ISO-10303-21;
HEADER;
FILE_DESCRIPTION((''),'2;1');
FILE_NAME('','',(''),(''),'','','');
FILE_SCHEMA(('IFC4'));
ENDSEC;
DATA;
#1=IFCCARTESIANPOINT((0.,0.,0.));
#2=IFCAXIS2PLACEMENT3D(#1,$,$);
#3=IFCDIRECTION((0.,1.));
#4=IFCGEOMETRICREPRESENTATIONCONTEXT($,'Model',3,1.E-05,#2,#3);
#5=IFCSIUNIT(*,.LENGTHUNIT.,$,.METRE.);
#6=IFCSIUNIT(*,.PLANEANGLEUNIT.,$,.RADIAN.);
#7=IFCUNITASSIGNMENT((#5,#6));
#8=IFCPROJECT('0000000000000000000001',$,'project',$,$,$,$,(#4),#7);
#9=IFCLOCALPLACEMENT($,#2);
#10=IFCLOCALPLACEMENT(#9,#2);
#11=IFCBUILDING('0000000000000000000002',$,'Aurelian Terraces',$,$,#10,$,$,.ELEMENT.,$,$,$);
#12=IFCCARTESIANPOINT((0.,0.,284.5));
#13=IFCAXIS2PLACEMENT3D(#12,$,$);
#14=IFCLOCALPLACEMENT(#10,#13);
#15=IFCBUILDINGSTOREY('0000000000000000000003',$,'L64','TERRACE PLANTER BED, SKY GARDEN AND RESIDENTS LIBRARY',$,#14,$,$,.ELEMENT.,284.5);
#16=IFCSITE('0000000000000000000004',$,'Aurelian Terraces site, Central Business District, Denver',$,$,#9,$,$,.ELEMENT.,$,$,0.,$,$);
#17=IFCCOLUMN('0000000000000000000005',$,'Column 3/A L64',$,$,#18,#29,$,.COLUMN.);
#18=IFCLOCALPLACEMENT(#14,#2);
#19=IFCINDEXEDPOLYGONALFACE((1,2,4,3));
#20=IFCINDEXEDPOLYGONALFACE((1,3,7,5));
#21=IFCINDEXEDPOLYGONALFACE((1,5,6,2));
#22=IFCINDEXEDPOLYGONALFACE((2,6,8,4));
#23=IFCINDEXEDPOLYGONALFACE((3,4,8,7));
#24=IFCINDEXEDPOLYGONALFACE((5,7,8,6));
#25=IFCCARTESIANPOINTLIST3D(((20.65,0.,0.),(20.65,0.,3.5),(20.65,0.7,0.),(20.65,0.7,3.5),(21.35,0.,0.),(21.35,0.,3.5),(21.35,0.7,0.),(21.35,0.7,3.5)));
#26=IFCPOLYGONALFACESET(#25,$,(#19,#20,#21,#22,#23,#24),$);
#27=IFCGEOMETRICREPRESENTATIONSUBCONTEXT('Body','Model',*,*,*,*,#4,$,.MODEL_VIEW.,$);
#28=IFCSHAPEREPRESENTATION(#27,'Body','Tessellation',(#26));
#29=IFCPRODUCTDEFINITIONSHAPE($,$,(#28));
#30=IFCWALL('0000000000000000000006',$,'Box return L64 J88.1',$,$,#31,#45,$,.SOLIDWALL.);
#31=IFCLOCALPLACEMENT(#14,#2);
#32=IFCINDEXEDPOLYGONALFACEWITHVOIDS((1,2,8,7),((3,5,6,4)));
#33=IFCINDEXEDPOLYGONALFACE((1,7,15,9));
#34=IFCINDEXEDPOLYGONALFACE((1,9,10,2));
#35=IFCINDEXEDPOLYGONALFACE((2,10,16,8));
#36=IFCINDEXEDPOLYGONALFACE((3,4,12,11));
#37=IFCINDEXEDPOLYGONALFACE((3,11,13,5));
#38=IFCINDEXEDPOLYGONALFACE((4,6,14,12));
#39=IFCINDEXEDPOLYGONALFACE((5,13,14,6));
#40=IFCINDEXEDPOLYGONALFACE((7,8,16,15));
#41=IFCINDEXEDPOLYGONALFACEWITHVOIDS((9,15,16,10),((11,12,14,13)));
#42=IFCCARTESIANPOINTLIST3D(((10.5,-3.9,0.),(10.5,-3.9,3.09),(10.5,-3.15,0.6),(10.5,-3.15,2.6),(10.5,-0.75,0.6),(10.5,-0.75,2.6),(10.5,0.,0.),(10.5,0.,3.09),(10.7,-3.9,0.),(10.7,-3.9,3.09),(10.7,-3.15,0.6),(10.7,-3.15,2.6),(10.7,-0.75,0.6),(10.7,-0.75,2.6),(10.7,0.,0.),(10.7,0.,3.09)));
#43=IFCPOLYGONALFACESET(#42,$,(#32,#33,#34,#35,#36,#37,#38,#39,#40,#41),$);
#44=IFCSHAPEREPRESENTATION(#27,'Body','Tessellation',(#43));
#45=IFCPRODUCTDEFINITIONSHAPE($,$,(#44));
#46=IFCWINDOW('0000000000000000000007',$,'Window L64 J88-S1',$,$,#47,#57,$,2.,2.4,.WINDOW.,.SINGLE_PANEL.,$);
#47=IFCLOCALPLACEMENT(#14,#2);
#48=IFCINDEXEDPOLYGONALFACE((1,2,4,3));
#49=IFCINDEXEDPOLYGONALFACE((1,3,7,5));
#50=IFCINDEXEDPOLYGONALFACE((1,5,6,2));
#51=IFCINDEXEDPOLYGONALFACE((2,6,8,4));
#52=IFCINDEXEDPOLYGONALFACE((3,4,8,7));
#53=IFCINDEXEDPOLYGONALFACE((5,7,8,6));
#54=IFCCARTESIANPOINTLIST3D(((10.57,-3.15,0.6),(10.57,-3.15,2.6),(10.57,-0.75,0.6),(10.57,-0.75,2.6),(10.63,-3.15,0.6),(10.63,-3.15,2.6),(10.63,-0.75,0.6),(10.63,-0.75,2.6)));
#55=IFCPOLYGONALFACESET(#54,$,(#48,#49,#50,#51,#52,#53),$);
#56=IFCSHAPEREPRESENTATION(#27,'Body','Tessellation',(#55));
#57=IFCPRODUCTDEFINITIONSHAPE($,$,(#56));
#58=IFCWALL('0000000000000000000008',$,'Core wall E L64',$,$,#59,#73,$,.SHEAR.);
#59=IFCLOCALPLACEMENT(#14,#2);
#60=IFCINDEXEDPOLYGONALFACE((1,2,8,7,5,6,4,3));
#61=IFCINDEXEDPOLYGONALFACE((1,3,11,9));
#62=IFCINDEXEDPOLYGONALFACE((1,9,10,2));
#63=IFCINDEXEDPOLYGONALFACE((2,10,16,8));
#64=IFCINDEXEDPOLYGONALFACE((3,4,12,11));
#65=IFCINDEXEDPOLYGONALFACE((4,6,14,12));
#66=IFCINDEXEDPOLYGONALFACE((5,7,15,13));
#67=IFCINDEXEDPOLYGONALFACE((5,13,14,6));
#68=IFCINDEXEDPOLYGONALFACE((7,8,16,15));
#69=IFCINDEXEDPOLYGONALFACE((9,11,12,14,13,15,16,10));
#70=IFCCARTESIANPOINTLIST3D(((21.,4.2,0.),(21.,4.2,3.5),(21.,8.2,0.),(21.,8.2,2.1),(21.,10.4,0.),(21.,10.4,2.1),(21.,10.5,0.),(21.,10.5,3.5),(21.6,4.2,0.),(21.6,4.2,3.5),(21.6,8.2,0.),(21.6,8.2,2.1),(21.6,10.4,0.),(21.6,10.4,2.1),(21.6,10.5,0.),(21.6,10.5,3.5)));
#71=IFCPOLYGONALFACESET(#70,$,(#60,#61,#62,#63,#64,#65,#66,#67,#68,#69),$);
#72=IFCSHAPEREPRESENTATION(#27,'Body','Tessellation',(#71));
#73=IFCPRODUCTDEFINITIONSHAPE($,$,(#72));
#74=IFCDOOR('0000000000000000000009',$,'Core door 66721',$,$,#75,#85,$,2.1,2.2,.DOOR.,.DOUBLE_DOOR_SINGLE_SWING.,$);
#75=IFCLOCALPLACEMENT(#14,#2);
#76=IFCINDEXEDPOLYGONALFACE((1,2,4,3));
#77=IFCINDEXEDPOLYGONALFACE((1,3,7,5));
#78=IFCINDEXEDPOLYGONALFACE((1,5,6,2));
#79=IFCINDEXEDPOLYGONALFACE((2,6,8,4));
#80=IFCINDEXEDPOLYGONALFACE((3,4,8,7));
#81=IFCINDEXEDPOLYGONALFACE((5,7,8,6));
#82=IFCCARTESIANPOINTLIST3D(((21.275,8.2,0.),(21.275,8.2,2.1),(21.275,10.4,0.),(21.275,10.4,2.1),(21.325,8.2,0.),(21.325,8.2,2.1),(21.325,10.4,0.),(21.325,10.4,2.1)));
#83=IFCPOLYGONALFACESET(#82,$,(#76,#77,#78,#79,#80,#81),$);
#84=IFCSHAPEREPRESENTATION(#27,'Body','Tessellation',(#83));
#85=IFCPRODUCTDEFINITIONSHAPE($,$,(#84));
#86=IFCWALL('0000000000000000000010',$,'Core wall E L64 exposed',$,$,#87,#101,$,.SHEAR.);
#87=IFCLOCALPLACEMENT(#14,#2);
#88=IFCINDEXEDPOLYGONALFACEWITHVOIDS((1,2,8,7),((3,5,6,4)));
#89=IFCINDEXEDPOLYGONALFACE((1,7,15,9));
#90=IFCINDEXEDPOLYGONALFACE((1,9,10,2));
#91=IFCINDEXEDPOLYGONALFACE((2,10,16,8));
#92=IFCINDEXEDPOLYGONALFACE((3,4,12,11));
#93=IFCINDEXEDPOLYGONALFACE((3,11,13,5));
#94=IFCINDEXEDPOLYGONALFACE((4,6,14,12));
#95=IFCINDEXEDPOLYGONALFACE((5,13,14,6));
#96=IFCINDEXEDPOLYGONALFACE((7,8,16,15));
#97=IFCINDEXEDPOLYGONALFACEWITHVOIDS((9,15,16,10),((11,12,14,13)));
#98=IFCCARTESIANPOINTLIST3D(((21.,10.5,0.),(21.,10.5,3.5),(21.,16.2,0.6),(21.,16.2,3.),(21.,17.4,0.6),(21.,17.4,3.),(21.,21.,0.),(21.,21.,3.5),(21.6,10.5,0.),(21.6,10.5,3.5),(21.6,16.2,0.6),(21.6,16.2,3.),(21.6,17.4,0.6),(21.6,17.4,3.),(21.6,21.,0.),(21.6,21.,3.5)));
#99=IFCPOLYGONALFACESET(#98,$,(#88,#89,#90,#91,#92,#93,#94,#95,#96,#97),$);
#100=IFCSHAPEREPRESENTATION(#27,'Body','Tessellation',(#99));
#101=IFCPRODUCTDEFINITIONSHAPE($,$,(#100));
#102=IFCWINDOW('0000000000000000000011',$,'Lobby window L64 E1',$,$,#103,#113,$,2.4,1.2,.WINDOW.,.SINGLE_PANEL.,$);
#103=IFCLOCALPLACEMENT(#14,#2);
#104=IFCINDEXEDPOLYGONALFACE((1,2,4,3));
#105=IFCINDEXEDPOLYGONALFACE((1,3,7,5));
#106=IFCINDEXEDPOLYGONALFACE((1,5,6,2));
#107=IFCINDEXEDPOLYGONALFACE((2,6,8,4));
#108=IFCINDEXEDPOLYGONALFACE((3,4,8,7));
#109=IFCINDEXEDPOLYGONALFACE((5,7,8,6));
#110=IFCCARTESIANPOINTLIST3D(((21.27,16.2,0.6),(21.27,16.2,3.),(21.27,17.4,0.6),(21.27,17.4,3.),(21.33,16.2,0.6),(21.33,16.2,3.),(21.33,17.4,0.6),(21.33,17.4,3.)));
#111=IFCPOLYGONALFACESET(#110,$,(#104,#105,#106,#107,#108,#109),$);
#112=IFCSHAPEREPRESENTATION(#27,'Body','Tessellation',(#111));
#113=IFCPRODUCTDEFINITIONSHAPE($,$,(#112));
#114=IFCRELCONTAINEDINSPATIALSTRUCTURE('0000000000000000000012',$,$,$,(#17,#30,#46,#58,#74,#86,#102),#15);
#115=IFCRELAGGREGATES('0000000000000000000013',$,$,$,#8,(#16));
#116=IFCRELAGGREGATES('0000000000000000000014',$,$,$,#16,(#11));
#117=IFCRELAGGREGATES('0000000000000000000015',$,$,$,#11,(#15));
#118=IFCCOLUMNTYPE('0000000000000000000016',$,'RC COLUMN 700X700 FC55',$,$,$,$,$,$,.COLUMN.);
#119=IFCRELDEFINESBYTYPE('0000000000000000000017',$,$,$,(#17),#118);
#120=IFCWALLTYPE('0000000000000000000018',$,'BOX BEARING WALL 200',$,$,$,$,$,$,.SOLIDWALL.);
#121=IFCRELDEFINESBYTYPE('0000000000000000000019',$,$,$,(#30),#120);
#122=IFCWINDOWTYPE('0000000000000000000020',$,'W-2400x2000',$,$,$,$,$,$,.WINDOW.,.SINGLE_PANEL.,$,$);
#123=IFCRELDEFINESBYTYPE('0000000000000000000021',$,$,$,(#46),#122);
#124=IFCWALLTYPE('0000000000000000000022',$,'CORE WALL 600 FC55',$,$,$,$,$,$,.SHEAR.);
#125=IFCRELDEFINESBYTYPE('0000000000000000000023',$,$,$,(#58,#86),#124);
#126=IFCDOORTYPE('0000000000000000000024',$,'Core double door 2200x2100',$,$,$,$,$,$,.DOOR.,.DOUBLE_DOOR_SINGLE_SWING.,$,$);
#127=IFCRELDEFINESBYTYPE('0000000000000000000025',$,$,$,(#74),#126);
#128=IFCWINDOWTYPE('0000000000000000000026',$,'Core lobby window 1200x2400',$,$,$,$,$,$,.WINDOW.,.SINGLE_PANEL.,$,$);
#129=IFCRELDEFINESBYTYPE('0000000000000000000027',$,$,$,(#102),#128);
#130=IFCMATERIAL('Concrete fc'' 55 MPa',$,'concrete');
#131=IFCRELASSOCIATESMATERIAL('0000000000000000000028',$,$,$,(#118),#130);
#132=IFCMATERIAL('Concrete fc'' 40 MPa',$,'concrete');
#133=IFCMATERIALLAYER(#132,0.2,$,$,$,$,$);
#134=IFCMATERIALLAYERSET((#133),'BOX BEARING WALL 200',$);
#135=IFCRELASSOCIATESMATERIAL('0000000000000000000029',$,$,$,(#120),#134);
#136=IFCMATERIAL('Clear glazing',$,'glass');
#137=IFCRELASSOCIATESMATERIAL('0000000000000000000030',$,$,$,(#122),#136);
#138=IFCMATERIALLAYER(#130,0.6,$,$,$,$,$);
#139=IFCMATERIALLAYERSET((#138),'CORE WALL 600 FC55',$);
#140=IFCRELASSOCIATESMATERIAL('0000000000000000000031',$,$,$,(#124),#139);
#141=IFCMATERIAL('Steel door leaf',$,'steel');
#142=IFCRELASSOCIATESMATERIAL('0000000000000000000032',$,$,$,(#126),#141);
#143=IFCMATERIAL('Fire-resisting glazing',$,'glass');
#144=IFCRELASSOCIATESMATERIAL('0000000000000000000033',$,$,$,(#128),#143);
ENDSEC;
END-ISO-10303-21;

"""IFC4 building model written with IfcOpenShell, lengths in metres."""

from ifc_helpers import new_model, si_unit, direction, frame, frame_2d, origin, origin_2d, place, context, subcontext, project, spatial, rectangle, extrude, source, transform, mapped, material, layer, layer_set, material_profile, profile_set, type_object, element, fill, save


model = new_model("IFC4")

# Units and contexts
model_context = context("Model", 3, precision=1e-05, world=origin(), true_north=direction((0.0, 1.0)))
body_context = subcontext(model_context, "Body", "Model", "MODEL_VIEW")
ifc_project = project(units=[si_unit("LENGTHUNIT", "METRE"), si_unit("PLANEANGLEUNIT", "RADIAN")], contexts=[model_context])

# Site, building, storey
site_placement = place(None, origin())
site = spatial("IfcSite", under=ifc_project, at=site_placement, Name="Aurelian Terraces site, Central Business District, Denver", CompositionType="ELEMENT", RefElevation=0.0)
building_placement = place(site_placement, origin())
building = spatial("IfcBuilding", under=site, at=building_placement, Name="Aurelian Terraces", CompositionType="ELEMENT")
storey_placement = place(building_placement, frame((0.0, 0.0, 284.5)))
storey = spatial("IfcBuildingStorey", under=building, at=storey_placement, Name="L64", Description="TERRACE PLANTER BED, SKY GARDEN AND RESIDENTS LIBRARY", CompositionType="ELEMENT", Elevation=284.5)

# Column
ifc_material_1 = material(Name="Concrete fc' 55 MPa", Category="concrete")
ifc_material_profile = material_profile(ifc_material_1, rectangle(XDim=0.7, YDim=0.7, at=origin_2d()))
ifc_profile_set = profile_set([ifc_material_profile], Name="Concrete fc' 55 MPa")
column_type = type_object("IfcColumnType", Name="RC COLUMN 700X700 FC55", PredefinedType="COLUMN", material=ifc_profile_set)
shared_shape_1 = source(origin(), body_context, "Body", "SweptSolid", [
    extrude(rectangle(XDim=0.7, YDim=0.7, at=origin_2d()), origin(), (0.0, 0.0, 1.0), 3.5),
])
column_placement = place(storey_placement, frame((21.0, 0.35, 0.0), z_axis=(0.0, 0.0, 1.0), x_axis=(1.0, 0.0, 0.0)))
element("IfcColumn", 1, at=column_placement, inside=storey, type_object=column_type, Name="Column 3/A L64", PredefinedType="COLUMN", context=body_context, shape_type="MappedRepresentation", body=[
    mapped(shared_shape_1, transform((0.0, 0.0, 0.0), scale=1.0)),
])

# Wall, opening, window
ifc_material_2 = material(Name="Concrete fc' 40 MPa", Category="concrete")
ifc_layer_1 = layer(ifc_material_2, 0.2)
ifc_layer_set_1 = layer_set([ifc_layer_1], Name="BOX BEARING WALL 200")
wall_type_1 = type_object("IfcWallType", Name="BOX BEARING WALL 200", PredefinedType="SOLIDWALL", material=ifc_layer_set_1)
wall_1_placement = place(storey_placement, frame((10.6, 0.0, 0.0), z_axis=(0.0, 0.0, 1.0), x_axis=(0.0, -1.0, 0.0)))
wall_1 = element("IfcWall", 2, at=wall_1_placement, inside=storey, type_object=wall_type_1, Name="Box return L64 J88.1", PredefinedType="SOLIDWALL", context=body_context, shape_type="SweptSolid", body=[
    extrude(rectangle(XDim=3.9, YDim=0.2, at=frame_2d((1.95, 0.0))), origin(), (0.0, 0.0, 1.0), 3.09),
])
opening_1_placement = place(wall_1_placement, frame((0.75, 0.0, 0.6)))
opening_1 = element("IfcOpeningElement", 3, at=opening_1_placement, cuts=wall_1, PredefinedType="OPENING", context=body_context, shape_type="SweptSolid", body=[
    extrude(rectangle(XDim=2.4, YDim=2.0, at=frame_2d((1.2, 1.0))), frame((0.0, 0.11, 0.0), z_axis=(0.0, -1.0, 0.0), x_axis=(1.0, 0.0, 0.0)), (0.0, 0.0, 1.0), 0.22),
])
ifc_material_3 = material(Name="Clear glazing", Category="glass")
window_type_1 = type_object("IfcWindowType", Name="W-2400x2000", PartitioningType="SINGLE_PANEL", PredefinedType="WINDOW", material=ifc_material_3)
shared_shape_2 = source(origin(), body_context, "Body", "SweptSolid", [
    extrude(rectangle(XDim=2.4, YDim=2.0, at=frame_2d((1.2, 1.0))), frame((0.0, 0.03, 0.0), z_axis=(0.0, -1.0, 0.0), x_axis=(1.0, 0.0, 0.0)), (0.0, 0.0, 1.0), 0.06),
])
window_1_placement = place(opening_1_placement, origin())
window_1 = element("IfcWindow", 4, at=window_1_placement, inside=storey, type_object=window_type_1, Name="Window L64 J88-S1", OverallHeight=2.0, OverallWidth=2.4, PartitioningType="SINGLE_PANEL", PredefinedType="WINDOW", context=body_context, shape_type="MappedRepresentation", body=[
    mapped(shared_shape_2, transform((0.0, 0.0, 0.0), scale=1.0)),
])
fill(opening_1, window_1)

# Wall, opening, door
ifc_layer_2 = layer(ifc_material_1, 0.6)
ifc_layer_set_2 = layer_set([ifc_layer_2], Name="CORE WALL 600 FC55")
wall_type_2 = type_object("IfcWallType", Name="CORE WALL 600 FC55", PredefinedType="SHEAR", material=ifc_layer_set_2)
wall_2_placement = place(storey_placement, frame((21.3, 4.2, 0.0), z_axis=(0.0, 0.0, 1.0), x_axis=(0.0, 1.0, 0.0)))
wall_2 = element("IfcWall", 5, at=wall_2_placement, inside=storey, type_object=wall_type_2, Name="Core wall E L64", PredefinedType="SHEAR", context=body_context, shape_type="SweptSolid", body=[
    extrude(rectangle(XDim=6.3, YDim=0.6, at=frame_2d((3.15, 0.0))), origin(), (0.0, 0.0, 1.0), 3.5),
])
opening_2_placement = place(wall_2_placement, frame((4.0, 0.0, 0.0)))
opening_2 = element("IfcOpeningElement", 6, at=opening_2_placement, cuts=wall_2, PredefinedType="OPENING", context=body_context, shape_type="SweptSolid", body=[
    extrude(rectangle(XDim=2.2, YDim=2.1, at=frame_2d((1.1, 1.05))), frame((0.0, 0.31, 0.0), z_axis=(0.0, -1.0, 0.0), x_axis=(1.0, 0.0, 0.0)), (0.0, 0.0, 1.0), 0.62),
])
ifc_material_4 = material(Name="Steel door leaf", Category="steel")
door_type_1 = type_object("IfcDoorType", Name="Core double door 2200x2100", OperationType="DOUBLE_DOOR_SINGLE_SWING", PredefinedType="DOOR", material=ifc_material_4)
shared_shape_3 = source(origin(), body_context, "Body", "SweptSolid", [
    extrude(rectangle(XDim=2.2, YDim=2.1, at=frame_2d((1.1, 1.05))), frame((0.0, 0.025, 0.0), z_axis=(0.0, -1.0, 0.0), x_axis=(1.0, 0.0, 0.0)), (0.0, 0.0, 1.0), 0.05),
])
door_1_placement = place(opening_2_placement, origin())
door_1 = element("IfcDoor", 7, at=door_1_placement, inside=storey, type_object=door_type_1, Name="Core door 66721", OperationType="DOUBLE_DOOR_SINGLE_SWING", OverallHeight=2.1, OverallWidth=2.2, PredefinedType="DOOR", context=body_context, shape_type="MappedRepresentation", body=[
    mapped(shared_shape_3, transform((0.0, 0.0, 0.0), scale=1.0)),
])
fill(opening_2, door_1)

# Wall, opening, window
wall_3_placement = place(storey_placement, frame((21.3, 10.5, 0.0), z_axis=(0.0, 0.0, 1.0), x_axis=(0.0, 1.0, 0.0)))
wall_3 = element("IfcWall", 8, at=wall_3_placement, inside=storey, type_object=wall_type_2, Name="Core wall E L64 exposed", PredefinedType="SHEAR", context=body_context, shape_type="SweptSolid", body=[
    extrude(rectangle(XDim=10.5, YDim=0.6, at=frame_2d((5.25, 0.0))), origin(), (0.0, 0.0, 1.0), 3.5),
])
opening_3_placement = place(wall_3_placement, frame((5.7, 0.0, 0.6)))
opening_3 = element("IfcOpeningElement", 9, at=opening_3_placement, cuts=wall_3, PredefinedType="OPENING", context=body_context, shape_type="SweptSolid", body=[
    extrude(rectangle(XDim=1.2, YDim=2.4, at=frame_2d((0.6, 1.2))), frame((0.0, 0.31, 0.0), z_axis=(0.0, -1.0, 0.0), x_axis=(1.0, 0.0, 0.0)), (0.0, 0.0, 1.0), 0.62),
])
ifc_material_5 = material(Name="Fire-resisting glazing", Category="glass")
window_type_2 = type_object("IfcWindowType", Name="Core lobby window 1200x2400", PartitioningType="SINGLE_PANEL", PredefinedType="WINDOW", material=ifc_material_5)
window_2_placement = place(opening_3_placement, origin())
window_2 = element("IfcWindow", 10, at=window_2_placement, inside=storey, type_object=window_type_2, Name="Lobby window L64 E1", OverallHeight=2.4, OverallWidth=1.2, PartitioningType="SINGLE_PANEL", PredefinedType="WINDOW", context=body_context, shape_type="SweptSolid", body=[
    extrude(rectangle(XDim=1.2, YDim=2.4, at=frame_2d((0.6, 1.2))), frame((0.0, 0.03, 0.0), z_axis=(0.0, -1.0, 0.0), x_axis=(1.0, 0.0, 0.0)), (0.0, 0.0, 1.0), 0.06),
])
fill(opening_3, window_2)

save(model, "model.ifc")
